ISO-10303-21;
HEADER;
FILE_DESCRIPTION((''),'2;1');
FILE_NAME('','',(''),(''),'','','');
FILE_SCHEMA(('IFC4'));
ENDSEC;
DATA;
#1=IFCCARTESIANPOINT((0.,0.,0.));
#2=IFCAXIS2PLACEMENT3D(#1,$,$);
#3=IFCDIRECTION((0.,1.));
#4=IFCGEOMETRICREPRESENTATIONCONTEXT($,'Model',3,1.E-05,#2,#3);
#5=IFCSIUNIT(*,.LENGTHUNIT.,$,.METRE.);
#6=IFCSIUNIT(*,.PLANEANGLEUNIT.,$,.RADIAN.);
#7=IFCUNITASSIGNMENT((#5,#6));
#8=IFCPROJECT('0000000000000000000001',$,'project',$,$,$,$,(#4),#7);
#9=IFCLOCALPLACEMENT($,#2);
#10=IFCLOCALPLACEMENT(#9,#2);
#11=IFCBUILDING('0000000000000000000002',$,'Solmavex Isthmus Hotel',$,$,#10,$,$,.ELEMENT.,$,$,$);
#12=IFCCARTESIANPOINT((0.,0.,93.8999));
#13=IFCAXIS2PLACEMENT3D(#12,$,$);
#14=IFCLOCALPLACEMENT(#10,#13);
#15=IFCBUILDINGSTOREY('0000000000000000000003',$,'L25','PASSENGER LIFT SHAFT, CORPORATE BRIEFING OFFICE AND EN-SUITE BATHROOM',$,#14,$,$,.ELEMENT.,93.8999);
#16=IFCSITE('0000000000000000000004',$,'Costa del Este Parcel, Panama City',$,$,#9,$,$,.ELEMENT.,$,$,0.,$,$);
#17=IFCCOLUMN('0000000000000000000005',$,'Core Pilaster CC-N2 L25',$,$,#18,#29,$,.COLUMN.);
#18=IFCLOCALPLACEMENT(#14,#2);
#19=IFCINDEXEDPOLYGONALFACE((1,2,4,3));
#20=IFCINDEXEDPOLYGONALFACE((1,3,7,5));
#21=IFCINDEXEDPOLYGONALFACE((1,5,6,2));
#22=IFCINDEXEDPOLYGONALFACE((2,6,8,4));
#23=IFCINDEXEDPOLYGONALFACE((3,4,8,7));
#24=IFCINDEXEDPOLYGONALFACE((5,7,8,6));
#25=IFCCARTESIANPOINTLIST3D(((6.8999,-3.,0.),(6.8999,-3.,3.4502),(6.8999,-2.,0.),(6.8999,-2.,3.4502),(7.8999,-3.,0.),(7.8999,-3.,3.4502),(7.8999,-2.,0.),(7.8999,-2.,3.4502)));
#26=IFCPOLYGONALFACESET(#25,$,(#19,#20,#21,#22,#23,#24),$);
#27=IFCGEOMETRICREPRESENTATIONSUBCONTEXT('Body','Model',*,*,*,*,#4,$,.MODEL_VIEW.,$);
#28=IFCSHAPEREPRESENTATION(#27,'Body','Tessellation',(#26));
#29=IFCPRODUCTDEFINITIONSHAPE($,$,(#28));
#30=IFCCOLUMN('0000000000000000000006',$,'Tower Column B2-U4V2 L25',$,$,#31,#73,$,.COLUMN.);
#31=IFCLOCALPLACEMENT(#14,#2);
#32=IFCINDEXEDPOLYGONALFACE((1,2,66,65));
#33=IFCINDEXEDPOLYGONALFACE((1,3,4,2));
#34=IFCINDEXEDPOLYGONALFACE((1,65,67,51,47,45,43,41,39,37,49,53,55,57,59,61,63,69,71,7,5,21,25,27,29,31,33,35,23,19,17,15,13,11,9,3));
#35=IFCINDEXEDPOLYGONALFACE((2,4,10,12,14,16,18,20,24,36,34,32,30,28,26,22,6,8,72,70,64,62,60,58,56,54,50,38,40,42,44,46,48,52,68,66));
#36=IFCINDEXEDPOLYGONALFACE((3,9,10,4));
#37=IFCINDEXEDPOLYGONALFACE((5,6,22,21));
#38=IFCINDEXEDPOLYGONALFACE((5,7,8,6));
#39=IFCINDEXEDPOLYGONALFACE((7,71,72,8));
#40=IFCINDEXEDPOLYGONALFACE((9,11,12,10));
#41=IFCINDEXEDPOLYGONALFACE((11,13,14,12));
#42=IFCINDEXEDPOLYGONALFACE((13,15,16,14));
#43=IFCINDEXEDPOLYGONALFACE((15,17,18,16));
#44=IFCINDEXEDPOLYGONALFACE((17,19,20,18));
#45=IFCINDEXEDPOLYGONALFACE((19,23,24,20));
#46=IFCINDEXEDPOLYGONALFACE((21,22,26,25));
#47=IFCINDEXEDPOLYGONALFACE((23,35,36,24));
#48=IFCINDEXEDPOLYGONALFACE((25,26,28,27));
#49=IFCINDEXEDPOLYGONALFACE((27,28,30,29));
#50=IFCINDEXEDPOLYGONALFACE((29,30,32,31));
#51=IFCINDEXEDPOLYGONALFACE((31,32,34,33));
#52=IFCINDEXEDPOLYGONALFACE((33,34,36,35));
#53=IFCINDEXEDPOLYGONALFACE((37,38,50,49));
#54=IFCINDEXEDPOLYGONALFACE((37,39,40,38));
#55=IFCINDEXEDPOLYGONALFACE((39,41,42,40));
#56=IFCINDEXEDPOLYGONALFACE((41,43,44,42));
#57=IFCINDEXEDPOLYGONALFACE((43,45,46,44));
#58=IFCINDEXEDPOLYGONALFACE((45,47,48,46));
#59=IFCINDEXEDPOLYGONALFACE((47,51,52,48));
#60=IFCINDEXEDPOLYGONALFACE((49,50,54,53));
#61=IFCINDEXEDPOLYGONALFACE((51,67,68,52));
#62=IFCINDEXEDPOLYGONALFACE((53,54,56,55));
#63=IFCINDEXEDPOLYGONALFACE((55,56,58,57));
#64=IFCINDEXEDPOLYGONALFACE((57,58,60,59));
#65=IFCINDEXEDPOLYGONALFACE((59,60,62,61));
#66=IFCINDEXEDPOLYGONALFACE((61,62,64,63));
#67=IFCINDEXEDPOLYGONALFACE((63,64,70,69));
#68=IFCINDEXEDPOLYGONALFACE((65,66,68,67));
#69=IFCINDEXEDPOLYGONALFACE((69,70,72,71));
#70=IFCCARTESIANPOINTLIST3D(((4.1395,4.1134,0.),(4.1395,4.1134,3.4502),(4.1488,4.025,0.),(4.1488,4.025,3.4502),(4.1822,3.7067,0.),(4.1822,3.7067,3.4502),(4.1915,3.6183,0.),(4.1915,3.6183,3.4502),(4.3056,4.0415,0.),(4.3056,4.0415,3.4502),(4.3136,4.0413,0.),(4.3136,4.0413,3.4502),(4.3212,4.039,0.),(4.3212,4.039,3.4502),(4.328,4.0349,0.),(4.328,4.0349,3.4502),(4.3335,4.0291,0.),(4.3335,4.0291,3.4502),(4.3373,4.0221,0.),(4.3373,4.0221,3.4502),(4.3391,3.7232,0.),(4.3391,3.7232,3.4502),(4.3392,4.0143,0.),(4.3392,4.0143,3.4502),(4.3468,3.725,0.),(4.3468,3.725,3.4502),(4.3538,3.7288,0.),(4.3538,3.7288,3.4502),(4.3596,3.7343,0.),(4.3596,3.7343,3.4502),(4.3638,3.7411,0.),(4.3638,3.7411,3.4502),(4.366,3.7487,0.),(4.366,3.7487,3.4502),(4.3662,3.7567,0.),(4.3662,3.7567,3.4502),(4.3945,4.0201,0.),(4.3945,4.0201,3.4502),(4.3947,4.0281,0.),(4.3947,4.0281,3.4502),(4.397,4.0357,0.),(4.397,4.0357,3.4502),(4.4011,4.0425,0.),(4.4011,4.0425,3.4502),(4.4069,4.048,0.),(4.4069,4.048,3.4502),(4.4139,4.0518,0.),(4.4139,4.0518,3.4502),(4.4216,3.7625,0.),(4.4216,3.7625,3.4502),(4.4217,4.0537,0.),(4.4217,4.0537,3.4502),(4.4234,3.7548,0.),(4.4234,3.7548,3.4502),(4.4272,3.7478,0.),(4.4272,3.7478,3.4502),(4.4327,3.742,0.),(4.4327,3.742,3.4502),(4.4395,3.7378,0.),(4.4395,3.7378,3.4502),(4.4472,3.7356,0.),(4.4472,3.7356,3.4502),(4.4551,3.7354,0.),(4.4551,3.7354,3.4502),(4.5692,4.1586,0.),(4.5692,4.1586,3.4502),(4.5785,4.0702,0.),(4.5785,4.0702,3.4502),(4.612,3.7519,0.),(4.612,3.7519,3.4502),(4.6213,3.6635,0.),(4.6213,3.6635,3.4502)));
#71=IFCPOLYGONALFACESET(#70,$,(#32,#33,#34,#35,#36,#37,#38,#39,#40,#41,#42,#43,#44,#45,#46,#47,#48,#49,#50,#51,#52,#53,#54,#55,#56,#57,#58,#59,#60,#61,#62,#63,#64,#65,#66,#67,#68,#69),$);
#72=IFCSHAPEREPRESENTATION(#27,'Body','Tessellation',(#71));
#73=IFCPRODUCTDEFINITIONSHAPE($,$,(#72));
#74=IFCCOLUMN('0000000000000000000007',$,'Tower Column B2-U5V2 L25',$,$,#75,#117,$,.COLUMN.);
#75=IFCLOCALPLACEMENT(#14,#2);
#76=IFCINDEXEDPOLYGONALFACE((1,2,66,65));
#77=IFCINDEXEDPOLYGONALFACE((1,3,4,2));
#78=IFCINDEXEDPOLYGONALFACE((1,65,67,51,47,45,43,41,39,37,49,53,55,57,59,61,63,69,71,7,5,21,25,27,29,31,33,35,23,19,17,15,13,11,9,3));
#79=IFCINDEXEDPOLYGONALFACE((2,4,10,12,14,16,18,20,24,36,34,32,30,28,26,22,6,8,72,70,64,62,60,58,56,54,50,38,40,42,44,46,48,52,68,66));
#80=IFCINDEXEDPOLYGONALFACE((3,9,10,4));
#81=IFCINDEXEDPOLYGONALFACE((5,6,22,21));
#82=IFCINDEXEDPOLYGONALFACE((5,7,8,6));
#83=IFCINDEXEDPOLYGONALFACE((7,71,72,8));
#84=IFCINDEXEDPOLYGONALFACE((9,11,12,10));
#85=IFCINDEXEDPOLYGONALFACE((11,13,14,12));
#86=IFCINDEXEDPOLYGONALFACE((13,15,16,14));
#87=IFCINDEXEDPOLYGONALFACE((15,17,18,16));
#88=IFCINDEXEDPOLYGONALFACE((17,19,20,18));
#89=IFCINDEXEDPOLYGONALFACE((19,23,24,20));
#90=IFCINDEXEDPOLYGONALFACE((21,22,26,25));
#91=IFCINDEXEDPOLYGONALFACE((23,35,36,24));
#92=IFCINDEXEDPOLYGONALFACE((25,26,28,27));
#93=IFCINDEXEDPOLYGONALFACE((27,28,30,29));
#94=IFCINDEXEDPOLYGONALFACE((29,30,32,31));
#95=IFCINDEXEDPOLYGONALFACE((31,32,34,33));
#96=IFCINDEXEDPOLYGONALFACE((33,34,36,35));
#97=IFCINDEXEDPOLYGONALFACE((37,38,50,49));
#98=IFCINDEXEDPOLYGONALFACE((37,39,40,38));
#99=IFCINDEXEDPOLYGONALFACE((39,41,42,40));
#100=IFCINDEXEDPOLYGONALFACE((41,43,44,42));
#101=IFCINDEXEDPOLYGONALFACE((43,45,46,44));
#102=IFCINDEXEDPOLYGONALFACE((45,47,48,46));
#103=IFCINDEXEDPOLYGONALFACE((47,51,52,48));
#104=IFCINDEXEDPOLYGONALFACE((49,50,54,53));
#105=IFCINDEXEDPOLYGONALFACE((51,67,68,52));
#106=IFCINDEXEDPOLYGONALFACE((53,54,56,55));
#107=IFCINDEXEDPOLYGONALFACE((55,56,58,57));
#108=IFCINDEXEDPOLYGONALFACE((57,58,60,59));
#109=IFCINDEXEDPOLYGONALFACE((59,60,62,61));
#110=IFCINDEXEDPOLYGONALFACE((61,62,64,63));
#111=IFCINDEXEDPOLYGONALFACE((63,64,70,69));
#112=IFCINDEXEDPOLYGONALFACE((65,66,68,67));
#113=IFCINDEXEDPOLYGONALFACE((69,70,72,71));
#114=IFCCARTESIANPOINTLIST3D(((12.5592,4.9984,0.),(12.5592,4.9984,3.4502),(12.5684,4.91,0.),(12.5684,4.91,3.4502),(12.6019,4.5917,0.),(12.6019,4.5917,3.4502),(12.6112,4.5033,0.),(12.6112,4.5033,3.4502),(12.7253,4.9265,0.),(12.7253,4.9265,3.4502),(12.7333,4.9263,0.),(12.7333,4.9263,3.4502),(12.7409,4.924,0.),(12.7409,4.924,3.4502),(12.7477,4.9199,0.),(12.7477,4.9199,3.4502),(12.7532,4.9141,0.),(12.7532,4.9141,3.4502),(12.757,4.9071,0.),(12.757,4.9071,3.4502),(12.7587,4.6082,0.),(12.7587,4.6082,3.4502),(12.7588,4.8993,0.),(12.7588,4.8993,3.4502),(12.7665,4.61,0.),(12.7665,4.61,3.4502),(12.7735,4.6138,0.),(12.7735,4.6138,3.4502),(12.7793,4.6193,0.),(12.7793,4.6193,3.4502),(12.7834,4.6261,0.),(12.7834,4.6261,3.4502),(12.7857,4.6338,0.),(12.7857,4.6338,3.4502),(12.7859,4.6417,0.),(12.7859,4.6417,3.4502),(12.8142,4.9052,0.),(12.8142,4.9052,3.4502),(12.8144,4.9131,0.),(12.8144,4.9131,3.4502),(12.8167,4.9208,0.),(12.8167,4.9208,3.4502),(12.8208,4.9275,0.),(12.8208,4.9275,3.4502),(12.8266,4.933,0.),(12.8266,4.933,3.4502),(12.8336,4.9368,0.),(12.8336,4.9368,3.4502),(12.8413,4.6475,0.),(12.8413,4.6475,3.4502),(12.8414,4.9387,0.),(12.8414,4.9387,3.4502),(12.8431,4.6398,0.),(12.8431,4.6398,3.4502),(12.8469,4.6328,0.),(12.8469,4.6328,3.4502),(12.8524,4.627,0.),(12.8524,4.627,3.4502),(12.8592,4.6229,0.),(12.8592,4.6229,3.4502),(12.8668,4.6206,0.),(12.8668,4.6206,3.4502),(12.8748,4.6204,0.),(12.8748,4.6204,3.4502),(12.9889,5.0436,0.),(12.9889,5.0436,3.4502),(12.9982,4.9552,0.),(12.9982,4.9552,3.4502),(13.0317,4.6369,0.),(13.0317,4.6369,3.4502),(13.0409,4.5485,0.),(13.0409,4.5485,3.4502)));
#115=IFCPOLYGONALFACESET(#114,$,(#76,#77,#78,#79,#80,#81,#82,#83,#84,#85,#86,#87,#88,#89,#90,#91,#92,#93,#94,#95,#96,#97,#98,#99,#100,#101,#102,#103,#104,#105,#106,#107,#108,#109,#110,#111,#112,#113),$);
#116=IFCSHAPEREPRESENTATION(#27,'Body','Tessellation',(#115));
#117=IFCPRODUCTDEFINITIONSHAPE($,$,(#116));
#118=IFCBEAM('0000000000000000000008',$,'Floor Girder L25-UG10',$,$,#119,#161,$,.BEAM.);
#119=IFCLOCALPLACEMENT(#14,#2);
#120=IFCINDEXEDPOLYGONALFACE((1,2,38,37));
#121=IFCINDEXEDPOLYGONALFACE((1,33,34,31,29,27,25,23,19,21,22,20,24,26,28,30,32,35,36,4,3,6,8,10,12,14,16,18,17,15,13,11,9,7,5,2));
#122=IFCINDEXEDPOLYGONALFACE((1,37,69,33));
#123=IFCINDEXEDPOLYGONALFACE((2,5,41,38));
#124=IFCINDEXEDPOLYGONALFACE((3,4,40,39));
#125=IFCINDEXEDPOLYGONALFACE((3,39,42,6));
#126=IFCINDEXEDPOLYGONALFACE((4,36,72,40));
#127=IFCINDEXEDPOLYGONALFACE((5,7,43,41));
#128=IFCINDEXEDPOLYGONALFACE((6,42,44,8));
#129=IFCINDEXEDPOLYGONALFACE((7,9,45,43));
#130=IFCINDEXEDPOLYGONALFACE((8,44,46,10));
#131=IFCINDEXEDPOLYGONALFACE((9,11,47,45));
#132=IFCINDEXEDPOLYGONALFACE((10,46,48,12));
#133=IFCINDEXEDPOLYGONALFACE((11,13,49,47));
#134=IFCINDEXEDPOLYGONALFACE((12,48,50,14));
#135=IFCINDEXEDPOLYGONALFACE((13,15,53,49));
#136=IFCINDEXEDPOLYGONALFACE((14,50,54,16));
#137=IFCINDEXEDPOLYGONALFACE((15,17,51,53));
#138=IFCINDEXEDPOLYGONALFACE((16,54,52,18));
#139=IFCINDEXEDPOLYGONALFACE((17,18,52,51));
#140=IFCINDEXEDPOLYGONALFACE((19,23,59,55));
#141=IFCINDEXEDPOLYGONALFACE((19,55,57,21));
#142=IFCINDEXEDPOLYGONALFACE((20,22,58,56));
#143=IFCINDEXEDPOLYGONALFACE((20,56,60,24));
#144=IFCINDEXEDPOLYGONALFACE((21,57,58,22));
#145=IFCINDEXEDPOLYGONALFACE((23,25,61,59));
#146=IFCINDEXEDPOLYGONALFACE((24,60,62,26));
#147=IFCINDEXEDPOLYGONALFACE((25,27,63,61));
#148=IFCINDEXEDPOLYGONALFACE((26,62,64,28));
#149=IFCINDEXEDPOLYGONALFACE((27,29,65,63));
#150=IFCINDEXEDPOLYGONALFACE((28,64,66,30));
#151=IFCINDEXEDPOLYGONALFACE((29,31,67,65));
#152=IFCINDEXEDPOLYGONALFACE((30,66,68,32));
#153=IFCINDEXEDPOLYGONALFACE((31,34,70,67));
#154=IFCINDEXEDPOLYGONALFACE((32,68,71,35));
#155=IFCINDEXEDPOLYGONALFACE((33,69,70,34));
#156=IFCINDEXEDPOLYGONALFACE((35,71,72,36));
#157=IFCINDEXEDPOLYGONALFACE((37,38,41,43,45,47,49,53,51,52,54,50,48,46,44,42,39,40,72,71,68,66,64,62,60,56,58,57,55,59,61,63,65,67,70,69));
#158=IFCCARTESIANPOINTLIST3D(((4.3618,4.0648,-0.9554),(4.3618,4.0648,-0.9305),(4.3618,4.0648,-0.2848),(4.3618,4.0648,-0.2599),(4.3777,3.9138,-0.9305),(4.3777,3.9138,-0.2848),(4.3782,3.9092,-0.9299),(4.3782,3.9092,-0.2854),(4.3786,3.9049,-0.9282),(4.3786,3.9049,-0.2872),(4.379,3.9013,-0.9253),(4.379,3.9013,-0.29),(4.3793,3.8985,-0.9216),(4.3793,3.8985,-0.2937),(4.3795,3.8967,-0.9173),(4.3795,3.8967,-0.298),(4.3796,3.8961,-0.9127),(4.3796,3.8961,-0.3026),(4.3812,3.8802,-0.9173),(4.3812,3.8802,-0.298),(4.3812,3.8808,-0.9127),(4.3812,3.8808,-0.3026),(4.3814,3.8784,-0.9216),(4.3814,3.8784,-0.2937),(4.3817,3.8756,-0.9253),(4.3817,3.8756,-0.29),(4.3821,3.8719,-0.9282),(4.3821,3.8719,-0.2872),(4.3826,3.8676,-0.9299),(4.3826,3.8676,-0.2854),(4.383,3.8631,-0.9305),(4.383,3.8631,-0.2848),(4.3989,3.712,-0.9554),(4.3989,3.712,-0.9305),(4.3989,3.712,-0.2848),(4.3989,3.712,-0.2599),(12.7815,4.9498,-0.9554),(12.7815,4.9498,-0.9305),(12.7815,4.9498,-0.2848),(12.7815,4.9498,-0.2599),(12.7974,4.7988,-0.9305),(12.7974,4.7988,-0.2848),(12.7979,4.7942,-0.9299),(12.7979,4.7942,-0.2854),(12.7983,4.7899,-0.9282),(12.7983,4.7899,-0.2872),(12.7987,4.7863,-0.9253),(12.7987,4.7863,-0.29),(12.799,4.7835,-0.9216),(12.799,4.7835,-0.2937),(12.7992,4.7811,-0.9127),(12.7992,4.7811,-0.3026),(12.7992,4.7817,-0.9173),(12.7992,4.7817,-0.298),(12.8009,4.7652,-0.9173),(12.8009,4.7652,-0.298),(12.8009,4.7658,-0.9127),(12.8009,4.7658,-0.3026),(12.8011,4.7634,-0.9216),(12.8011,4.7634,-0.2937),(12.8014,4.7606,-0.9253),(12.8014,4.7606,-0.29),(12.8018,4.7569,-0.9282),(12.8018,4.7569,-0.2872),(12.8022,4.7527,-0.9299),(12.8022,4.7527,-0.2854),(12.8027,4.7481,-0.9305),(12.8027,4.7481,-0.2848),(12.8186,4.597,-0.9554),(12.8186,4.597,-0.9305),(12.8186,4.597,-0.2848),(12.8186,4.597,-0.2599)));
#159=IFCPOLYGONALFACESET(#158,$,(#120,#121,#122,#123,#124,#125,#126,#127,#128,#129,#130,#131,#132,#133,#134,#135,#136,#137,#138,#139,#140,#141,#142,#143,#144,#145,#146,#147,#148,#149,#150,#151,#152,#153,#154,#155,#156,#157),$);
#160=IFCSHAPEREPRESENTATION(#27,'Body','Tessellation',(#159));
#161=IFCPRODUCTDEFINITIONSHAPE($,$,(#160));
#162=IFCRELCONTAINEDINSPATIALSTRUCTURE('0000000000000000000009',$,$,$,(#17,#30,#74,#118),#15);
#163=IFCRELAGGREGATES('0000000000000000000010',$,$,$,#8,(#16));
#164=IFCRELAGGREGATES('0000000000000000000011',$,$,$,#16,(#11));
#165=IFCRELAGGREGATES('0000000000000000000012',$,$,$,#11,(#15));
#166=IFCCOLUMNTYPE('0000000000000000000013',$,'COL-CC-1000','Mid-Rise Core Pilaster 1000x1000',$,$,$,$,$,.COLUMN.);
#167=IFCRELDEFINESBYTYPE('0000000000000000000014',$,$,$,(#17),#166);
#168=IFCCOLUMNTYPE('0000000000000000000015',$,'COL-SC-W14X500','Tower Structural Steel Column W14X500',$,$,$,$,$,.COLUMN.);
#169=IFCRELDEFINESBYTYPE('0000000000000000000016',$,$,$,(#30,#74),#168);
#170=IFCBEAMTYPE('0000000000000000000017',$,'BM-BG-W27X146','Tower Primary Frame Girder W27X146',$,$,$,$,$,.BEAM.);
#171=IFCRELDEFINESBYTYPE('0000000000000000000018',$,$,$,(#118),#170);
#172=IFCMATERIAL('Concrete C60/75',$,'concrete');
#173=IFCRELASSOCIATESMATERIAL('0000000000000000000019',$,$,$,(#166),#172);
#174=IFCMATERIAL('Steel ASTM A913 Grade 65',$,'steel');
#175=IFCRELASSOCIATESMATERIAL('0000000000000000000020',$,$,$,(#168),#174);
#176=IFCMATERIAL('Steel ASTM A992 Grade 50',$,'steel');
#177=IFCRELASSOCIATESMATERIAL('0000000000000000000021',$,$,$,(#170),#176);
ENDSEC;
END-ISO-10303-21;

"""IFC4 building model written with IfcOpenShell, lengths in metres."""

from ifc_helpers import new_model, si_unit, direction, frame, origin, origin_2d, place, context, subcontext, project, spatial, rectangle, i_section, extrude, material, material_profile, profile_set, type_object, element, save


model = new_model("IFC4")

# Units and contexts
model_context = context("Model", 3, precision=1e-05, world=origin(), true_north=direction((0.0, 1.0)))
body_context = subcontext(model_context, "Body", "Model", "MODEL_VIEW")
ifc_project = project(units=[si_unit("LENGTHUNIT", "METRE"), si_unit("PLANEANGLEUNIT", "RADIAN")], contexts=[model_context])

# Site, building, storey
site_placement = place(None, origin())
site = spatial("IfcSite", under=ifc_project, at=site_placement, Name="Costa del Este Parcel, Panama City", CompositionType="ELEMENT", RefElevation=0.0)
building_placement = place(site_placement, origin())
building = spatial("IfcBuilding", under=site, at=building_placement, Name="Solmavex Isthmus Hotel", CompositionType="ELEMENT")
storey_placement = place(building_placement, frame((0.0, 0.0, 93.8999)))
storey = spatial("IfcBuildingStorey", under=building, at=storey_placement, Name="L25", Description="PASSENGER LIFT SHAFT, CORPORATE BRIEFING OFFICE AND EN-SUITE BATHROOM", CompositionType="ELEMENT", Elevation=93.8999)

# Columns
ifc_material_1 = material(Name="Concrete C60/75", Category="concrete")
ifc_material_profile_1 = material_profile(ifc_material_1, rectangle(XDim=1.0, YDim=1.0, at=origin_2d()), Name="RC1000X1000")
ifc_profile_set_1 = profile_set([ifc_material_profile_1], Name="Concrete C60/75")
column_type_1 = type_object("IfcColumnType", Name="COL-CC-1000", Description="Mid-Rise Core Pilaster 1000x1000", PredefinedType="COLUMN", material=ifc_profile_set_1)
column_placement = place(storey_placement, frame((7.3999, -2.5, 0.0), z_axis=(0.0, 0.0, 1.0), x_axis=(1.0, 0.0, 0.0)))
element("IfcColumn", 1, at=column_placement, inside=storey, type_object=column_type_1, Name="Core Pilaster CC-N2 L25", PredefinedType="COLUMN", context=body_context, shape_type="SweptSolid", body=[
    extrude(rectangle(XDim=1.0, YDim=1.0, at=origin_2d()), origin(), (0.0, 0.0, 1.0), 3.4502),
])
ifc_material_2 = material(Name="Steel ASTM A913 Grade 65", Category="steel")
ifc_material_profile_2 = material_profile(ifc_material_2, i_section(OverallWidth=0.4321, OverallDepth=0.4978, WebThickness=0.0557, FlangeThickness=0.0889, FilletRadius=0.0305, at=origin_2d()), Name="W14X500")
ifc_profile_set_2 = profile_set([ifc_material_profile_2], Name="Steel ASTM A913 Grade 65")
column_type_2 = type_object("IfcColumnType", Name="COL-SC-W14X500", Description="Tower Structural Steel Column W14X500", PredefinedType="COLUMN", material=ifc_profile_set_2)
for number, where, z_axis, x_axis, name in (
    (2, (4.3804, 3.8884, 0.0), (0.0, 0.0, 1.0), (0.994522, 0.104528, 0.0), "Tower Column B2-U4V2 L25"),
    (3, (12.8, 4.7734, 0.0), (0.0, 0.0, 1.0), (0.994522, 0.104528, 0.0), "Tower Column B2-U5V2 L25"),
):
    element("IfcColumn", number, at=place(storey_placement, frame(where, z_axis=z_axis, x_axis=x_axis)), inside=storey, type_object=column_type_2, Name=name, PredefinedType="COLUMN", context=body_context, shape_type="SweptSolid", body=[
        extrude(i_section(OverallWidth=0.4321, OverallDepth=0.4978, WebThickness=0.0557, FlangeThickness=0.0889, FilletRadius=0.0305, at=origin_2d()), origin(), (0.0, 0.0, 1.0), 3.4502),
    ])

# Beam
ifc_material_3 = material(Name="Steel ASTM A992 Grade 50", Category="steel")
ifc_material_profile_3 = material_profile(ifc_material_3, i_section(OverallWidth=0.3547, OverallDepth=0.6956, WebThickness=0.0154, FlangeThickness=0.0249, FilletRadius=0.0178, at=origin_2d()), Name="W27X146")
ifc_profile_set_3 = profile_set([ifc_material_profile_3], Name="Steel ASTM A992 Grade 50")
beam_type_1 = type_object("IfcBeamType", Name="BM-BG-W27X146", Description="Tower Primary Frame Girder W27X146", PredefinedType="BEAM", material=ifc_profile_set_3)
for number, where, z_axis, x_axis, name in (
    (4, (4.3804, 3.8884, -0.6077), (0.994521, 0.104536, 0.0), (-0.104536, 0.994521, 0.0), "Floor Girder L25-UG10"),
):
    element("IfcBeam", number, at=place(storey_placement, frame(where, z_axis=z_axis, x_axis=x_axis)), inside=storey, type_object=beam_type_1, Name=name, PredefinedType="BEAM", context=body_context, shape_type="SweptSolid", body=[
        extrude(i_section(OverallWidth=0.3547, OverallDepth=0.6956, WebThickness=0.0154, FlangeThickness=0.0249, FilletRadius=0.0178, at=origin_2d()), origin(), (0.0, 0.0, 1.0), 8.4661),
    ])

save(model, "model.ifc")
